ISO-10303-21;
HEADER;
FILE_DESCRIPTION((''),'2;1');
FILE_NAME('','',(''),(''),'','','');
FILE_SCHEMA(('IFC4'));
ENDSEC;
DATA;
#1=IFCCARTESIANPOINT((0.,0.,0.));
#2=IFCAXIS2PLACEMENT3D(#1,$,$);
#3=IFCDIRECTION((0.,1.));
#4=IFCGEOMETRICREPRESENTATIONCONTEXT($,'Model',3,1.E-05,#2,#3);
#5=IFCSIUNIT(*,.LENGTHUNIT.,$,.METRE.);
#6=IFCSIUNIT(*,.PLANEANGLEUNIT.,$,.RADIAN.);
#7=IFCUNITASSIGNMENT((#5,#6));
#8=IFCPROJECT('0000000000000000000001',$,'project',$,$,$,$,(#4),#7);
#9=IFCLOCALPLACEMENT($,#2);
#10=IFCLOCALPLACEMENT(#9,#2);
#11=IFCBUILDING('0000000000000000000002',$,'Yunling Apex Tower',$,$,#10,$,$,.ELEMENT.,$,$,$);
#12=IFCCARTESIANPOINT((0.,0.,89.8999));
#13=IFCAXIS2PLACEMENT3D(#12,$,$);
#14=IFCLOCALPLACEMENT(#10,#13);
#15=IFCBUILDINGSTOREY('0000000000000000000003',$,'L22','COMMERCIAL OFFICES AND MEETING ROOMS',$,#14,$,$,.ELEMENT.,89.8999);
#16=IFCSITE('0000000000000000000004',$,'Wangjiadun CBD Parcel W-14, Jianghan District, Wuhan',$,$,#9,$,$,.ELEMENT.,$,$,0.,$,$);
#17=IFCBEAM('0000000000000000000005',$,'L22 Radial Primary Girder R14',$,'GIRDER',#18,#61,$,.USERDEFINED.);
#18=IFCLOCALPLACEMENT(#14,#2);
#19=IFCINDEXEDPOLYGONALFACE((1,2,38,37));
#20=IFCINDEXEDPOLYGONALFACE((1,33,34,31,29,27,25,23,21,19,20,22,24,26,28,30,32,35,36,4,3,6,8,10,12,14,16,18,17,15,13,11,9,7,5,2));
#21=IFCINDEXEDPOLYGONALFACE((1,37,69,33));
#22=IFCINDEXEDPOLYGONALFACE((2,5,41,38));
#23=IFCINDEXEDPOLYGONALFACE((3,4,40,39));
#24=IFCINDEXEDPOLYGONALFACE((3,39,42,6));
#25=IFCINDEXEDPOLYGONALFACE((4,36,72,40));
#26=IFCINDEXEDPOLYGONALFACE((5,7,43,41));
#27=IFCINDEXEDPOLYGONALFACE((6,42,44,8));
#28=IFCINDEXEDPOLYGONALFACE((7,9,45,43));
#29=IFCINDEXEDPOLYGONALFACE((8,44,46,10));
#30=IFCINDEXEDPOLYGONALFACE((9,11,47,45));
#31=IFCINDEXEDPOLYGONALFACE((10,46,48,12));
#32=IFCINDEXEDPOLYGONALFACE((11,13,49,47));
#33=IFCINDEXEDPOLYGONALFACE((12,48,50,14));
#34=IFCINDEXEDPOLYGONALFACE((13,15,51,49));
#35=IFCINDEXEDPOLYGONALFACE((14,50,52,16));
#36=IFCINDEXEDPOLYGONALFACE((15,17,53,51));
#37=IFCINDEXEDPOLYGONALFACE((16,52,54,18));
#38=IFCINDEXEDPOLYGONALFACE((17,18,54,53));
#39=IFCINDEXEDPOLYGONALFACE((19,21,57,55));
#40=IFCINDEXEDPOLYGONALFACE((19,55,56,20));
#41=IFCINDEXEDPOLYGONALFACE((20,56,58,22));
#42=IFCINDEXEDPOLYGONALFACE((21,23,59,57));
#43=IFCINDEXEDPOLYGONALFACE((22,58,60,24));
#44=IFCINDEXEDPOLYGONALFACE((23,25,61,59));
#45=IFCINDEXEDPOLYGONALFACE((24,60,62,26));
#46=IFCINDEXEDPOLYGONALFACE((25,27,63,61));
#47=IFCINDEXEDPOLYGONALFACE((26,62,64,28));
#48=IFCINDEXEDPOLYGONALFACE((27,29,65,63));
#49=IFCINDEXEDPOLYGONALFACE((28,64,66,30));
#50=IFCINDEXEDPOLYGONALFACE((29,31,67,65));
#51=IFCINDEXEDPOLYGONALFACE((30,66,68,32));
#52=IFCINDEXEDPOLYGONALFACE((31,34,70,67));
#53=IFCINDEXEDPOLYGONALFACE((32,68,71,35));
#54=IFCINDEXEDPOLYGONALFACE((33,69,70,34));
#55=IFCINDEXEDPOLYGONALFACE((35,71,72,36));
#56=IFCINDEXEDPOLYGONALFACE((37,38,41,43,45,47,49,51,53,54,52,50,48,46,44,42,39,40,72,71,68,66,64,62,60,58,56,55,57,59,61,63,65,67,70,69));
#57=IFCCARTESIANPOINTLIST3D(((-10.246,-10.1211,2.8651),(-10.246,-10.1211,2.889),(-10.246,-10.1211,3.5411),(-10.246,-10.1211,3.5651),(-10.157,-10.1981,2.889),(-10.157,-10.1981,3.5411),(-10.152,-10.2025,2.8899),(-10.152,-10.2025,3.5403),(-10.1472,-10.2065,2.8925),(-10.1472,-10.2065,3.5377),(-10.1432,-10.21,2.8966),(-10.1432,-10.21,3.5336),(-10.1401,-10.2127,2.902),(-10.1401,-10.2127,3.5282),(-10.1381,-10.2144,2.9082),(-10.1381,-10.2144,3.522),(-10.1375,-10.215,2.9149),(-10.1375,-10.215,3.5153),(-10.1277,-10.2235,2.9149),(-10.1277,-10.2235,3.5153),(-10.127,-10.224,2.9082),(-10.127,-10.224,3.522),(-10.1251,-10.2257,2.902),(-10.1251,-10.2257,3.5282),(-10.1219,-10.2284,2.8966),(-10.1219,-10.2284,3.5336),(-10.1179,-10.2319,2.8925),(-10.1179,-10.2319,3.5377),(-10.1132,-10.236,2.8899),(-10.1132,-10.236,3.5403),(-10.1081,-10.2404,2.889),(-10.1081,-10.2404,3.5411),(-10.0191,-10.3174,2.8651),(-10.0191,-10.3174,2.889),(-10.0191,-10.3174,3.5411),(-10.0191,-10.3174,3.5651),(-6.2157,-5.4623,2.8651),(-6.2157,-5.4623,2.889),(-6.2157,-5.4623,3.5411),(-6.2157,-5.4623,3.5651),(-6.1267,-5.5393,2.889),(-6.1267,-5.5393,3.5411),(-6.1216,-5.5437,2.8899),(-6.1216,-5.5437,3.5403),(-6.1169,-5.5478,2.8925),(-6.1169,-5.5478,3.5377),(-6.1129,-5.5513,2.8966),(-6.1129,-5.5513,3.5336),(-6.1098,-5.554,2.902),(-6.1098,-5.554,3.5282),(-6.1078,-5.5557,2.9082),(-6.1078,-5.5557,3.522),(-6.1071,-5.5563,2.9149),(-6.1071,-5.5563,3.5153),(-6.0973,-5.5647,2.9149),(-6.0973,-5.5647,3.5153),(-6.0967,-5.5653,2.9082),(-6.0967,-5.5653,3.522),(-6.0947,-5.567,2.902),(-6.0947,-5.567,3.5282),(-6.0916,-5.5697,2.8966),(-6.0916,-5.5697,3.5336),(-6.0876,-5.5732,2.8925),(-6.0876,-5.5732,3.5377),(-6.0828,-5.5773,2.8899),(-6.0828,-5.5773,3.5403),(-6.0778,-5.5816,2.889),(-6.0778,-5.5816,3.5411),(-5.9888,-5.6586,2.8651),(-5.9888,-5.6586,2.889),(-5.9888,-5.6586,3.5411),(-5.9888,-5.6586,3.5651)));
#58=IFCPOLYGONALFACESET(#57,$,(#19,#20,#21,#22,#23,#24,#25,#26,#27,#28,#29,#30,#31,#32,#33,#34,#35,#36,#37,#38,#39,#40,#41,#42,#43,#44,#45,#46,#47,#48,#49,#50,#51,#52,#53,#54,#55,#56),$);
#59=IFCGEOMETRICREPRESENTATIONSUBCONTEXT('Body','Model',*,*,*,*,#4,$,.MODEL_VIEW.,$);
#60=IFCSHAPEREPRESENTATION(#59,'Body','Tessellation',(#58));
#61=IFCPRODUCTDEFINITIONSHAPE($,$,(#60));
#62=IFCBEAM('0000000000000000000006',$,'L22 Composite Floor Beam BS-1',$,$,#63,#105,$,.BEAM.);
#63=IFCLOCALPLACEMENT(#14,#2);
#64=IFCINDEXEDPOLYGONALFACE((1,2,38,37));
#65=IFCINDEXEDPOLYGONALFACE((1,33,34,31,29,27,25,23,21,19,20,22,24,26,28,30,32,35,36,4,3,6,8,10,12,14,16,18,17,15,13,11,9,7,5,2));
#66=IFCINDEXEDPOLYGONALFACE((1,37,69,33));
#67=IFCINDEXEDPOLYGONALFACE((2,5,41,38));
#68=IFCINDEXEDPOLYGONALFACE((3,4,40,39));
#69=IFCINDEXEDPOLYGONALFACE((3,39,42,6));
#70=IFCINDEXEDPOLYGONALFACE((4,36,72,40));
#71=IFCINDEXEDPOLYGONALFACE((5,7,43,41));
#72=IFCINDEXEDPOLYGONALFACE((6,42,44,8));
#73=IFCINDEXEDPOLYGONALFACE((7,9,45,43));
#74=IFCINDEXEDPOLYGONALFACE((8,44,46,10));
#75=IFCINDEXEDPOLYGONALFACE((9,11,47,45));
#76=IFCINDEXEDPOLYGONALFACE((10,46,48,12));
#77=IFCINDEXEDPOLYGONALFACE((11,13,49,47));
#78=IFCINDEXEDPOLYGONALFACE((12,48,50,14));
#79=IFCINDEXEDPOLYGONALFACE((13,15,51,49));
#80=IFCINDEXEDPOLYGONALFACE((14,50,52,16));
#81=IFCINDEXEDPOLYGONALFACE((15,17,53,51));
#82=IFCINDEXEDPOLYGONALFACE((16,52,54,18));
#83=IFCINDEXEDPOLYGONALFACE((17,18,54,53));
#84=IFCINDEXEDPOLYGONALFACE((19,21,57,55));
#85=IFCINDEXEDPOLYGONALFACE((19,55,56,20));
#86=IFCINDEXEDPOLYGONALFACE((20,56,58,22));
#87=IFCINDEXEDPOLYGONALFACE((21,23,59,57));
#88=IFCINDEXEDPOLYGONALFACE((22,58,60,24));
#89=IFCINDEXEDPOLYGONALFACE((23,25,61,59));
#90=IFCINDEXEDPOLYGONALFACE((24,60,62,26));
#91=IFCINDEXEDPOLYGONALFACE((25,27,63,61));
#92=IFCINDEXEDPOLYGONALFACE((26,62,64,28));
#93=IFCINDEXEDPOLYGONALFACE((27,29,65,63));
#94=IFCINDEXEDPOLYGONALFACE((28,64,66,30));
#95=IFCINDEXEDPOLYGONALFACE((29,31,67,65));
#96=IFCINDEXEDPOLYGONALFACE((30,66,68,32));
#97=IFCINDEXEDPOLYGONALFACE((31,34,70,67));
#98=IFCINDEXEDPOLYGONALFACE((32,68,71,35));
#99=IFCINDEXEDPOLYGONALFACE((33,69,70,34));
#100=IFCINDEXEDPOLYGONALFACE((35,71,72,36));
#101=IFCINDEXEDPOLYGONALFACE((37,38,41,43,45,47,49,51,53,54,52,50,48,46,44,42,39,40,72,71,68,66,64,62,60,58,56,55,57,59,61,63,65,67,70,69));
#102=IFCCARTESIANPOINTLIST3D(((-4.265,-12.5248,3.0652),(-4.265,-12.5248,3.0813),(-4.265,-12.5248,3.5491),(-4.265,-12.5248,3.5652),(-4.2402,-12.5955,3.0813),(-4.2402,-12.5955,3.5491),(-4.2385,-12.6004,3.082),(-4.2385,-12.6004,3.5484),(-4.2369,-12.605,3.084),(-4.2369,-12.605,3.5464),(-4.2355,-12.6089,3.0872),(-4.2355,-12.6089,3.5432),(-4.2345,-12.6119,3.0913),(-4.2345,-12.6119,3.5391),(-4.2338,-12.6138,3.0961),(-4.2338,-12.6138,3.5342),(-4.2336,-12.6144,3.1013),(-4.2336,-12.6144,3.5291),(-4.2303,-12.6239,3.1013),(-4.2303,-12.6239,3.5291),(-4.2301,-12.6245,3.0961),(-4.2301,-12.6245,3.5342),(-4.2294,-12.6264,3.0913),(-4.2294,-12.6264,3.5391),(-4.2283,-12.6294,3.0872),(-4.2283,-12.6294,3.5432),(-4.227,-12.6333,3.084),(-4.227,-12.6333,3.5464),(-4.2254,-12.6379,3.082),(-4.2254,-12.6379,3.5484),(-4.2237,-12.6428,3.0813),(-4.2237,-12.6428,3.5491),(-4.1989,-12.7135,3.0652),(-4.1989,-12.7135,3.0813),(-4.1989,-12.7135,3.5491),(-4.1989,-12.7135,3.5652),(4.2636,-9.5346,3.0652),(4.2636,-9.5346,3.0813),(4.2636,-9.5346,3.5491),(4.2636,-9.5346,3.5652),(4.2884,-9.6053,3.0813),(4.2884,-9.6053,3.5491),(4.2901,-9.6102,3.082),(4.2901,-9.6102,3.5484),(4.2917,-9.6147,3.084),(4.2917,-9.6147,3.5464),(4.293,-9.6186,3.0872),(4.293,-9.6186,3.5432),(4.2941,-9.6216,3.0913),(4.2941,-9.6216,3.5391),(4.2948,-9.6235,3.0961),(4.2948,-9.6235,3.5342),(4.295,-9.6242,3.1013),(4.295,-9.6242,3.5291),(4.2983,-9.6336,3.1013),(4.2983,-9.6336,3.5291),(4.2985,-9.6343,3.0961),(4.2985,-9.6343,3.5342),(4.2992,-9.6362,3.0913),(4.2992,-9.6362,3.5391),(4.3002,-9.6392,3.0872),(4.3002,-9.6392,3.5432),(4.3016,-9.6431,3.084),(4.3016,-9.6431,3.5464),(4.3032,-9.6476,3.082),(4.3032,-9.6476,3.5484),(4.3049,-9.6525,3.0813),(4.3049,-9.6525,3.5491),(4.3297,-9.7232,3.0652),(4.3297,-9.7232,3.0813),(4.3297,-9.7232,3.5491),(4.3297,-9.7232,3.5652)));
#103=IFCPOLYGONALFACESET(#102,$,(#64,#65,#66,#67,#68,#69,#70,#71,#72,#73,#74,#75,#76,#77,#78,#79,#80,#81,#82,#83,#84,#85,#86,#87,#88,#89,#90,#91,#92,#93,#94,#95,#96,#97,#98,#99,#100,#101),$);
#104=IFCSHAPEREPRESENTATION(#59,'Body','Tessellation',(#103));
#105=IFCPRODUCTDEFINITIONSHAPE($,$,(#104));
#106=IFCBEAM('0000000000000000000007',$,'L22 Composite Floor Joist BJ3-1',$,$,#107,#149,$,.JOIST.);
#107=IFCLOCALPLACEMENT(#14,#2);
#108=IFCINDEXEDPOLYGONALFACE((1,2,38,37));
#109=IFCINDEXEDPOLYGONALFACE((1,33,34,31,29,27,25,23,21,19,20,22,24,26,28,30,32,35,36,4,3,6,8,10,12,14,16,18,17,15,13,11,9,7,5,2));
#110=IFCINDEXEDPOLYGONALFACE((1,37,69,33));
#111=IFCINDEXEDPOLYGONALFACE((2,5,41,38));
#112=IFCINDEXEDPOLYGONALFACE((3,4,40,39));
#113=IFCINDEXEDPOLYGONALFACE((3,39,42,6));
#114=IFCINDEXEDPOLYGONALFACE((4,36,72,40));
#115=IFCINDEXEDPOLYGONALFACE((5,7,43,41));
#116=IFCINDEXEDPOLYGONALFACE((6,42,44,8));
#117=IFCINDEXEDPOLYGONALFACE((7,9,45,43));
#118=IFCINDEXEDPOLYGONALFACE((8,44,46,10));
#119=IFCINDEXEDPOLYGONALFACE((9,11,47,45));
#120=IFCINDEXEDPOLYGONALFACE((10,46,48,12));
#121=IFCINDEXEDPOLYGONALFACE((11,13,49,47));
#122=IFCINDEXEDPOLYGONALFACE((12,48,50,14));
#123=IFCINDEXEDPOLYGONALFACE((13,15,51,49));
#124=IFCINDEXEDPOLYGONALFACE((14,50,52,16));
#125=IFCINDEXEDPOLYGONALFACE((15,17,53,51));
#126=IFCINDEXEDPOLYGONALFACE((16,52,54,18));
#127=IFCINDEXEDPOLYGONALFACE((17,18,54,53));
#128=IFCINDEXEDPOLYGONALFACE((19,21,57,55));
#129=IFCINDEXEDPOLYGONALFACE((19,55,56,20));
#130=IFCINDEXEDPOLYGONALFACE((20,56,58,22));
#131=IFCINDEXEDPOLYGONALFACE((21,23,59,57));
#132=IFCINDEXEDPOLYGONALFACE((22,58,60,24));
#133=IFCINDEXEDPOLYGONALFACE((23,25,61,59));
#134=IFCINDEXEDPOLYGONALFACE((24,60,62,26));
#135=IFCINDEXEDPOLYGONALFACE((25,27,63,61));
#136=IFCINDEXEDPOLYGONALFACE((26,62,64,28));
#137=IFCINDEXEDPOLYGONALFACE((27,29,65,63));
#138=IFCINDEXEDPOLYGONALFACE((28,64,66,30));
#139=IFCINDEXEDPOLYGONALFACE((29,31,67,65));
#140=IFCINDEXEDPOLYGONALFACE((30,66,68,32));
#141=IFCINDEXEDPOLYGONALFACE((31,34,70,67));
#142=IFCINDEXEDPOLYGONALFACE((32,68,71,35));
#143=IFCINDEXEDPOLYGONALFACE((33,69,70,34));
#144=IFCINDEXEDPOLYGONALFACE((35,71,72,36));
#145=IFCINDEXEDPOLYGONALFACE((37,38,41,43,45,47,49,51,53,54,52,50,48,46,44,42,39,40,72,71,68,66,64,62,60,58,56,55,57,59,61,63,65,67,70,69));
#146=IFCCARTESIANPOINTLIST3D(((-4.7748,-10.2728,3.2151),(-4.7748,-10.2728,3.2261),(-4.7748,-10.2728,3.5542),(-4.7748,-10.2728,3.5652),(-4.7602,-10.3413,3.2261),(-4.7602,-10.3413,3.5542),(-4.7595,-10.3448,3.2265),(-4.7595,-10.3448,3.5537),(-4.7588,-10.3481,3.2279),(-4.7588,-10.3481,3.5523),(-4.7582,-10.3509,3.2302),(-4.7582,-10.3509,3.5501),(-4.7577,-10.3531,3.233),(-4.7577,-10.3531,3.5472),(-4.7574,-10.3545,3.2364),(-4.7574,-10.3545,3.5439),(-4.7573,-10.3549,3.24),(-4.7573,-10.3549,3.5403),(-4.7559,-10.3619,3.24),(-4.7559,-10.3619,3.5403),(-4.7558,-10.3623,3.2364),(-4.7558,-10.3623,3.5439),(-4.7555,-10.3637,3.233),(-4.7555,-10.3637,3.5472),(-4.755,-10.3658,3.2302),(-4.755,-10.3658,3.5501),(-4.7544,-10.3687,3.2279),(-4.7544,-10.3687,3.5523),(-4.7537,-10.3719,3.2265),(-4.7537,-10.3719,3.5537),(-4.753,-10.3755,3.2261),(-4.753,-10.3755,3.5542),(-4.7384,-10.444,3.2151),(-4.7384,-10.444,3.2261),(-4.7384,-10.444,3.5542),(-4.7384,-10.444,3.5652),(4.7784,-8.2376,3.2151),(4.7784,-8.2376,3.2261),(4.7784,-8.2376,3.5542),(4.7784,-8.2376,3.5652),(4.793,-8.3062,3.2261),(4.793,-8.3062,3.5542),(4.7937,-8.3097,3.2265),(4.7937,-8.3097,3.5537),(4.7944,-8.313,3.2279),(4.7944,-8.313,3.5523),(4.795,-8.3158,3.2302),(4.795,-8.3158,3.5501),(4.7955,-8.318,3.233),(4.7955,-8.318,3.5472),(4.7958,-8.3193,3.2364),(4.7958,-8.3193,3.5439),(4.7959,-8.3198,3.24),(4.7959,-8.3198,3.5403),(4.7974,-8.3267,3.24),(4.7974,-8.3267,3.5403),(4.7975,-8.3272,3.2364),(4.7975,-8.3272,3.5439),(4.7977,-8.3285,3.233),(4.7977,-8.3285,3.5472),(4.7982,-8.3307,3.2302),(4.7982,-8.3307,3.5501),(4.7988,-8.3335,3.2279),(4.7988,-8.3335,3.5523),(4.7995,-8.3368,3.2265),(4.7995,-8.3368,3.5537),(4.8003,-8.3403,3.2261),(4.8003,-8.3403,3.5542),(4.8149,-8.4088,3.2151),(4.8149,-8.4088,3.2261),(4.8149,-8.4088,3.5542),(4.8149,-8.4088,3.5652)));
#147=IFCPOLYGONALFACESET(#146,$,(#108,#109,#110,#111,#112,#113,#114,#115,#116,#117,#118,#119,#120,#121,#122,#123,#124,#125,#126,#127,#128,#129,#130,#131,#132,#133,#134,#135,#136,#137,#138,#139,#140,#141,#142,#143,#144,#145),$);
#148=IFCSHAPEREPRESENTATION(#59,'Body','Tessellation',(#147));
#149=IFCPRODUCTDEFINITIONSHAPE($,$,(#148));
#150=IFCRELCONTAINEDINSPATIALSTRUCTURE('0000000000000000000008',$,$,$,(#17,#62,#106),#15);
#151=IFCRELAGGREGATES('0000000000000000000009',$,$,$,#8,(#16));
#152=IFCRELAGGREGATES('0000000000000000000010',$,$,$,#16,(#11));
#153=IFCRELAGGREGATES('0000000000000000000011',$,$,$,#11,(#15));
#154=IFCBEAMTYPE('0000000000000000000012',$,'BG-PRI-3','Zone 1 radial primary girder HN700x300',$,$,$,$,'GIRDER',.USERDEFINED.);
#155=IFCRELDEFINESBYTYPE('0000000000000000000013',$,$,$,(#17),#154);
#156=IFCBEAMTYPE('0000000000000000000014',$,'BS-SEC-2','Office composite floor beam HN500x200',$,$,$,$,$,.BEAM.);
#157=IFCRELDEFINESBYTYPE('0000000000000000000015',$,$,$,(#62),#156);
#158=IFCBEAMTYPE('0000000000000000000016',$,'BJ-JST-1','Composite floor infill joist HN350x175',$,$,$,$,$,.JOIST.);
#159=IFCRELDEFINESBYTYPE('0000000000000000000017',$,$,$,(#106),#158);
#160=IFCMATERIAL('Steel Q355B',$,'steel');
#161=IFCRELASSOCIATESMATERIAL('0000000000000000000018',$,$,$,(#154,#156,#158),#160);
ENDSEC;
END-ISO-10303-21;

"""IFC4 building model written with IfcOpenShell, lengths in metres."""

from ifc_helpers import new_model, si_unit, direction, frame, origin, origin_2d, place, context, subcontext, project, spatial, i_section, extrude, source, transform, mapped, material, material_profile, profile_set, type_object, element, save


model = new_model("IFC4")

# Units and contexts
model_context = context("Model", 3, precision=1e-05, world=origin(), true_north=direction((0.0, 1.0)))
body_context = subcontext(model_context, "Body", "Model", "MODEL_VIEW")
ifc_project = project(units=[si_unit("LENGTHUNIT", "METRE"), si_unit("PLANEANGLEUNIT", "RADIAN")], contexts=[model_context])

# Site, building, storey
site_placement = place(None, origin())
site = spatial("IfcSite", under=ifc_project, at=site_placement, Name="Wangjiadun CBD Parcel W-14, Jianghan District, Wuhan", CompositionType="ELEMENT", RefElevation=0.0)
building_placement = place(site_placement, origin())
building = spatial("IfcBuilding", under=site, at=building_placement, Name="Yunling Apex Tower", CompositionType="ELEMENT")
storey_placement = place(building_placement, frame((0.0, 0.0, 89.8999)))
storey = spatial("IfcBuildingStorey", under=building, at=storey_placement, Name="L22", Description="COMMERCIAL OFFICES AND MEETING ROOMS", CompositionType="ELEMENT", Elevation=89.8999)

# Beams
ifc_material_1 = material(Name="Steel Q355B", Category="steel")
ifc_material_profile_1 = material_profile(ifc_material_1, i_section(OverallWidth=0.3, OverallDepth=0.7, WebThickness=0.0129, FlangeThickness=0.0239, FilletRadius=0.0259, at=origin_2d()))
ifc_profile_set_1 = profile_set([ifc_material_profile_1], Name="Steel Q355B")
beam_type_1 = type_object("IfcBeamType", Name="BG-PRI-3", Description="Zone 1 radial primary girder HN700x300", ElementType="GIRDER", PredefinedType="USERDEFINED", material=ifc_profile_set_1)
shared_shape_1 = source(origin(), body_context, "Body", "SweptSolid", [
    extrude(i_section(OverallWidth=0.3, OverallDepth=0.7, WebThickness=0.0129, FlangeThickness=0.0239, FilletRadius=0.0259, at=origin_2d()), origin(), (0.0, 0.0, 1.0), 6.1602),
])
beam_1_placement = place(storey_placement, frame((-10.1326, -10.2192, 3.2151), z_axis=(0.654257, 0.756272, 0.0), x_axis=(-0.756272, 0.654257, 0.0)))
element("IfcBeam", 1, at=beam_1_placement, inside=storey, type_object=beam_type_1, Name="L22 Radial Primary Girder R14", ObjectType="GIRDER", PredefinedType="USERDEFINED", context=body_context, shape_type="MappedRepresentation", body=[
    mapped(shared_shape_1, transform((0.0, 0.0, 0.0), scale=1.0)),
])
ifc_material_profile_2 = material_profile(ifc_material_1, i_section(OverallWidth=0.2, OverallDepth=0.5, WebThickness=0.01, FlangeThickness=0.0161, FilletRadius=0.02, at=origin_2d()))
ifc_profile_set_2 = profile_set([ifc_material_profile_2], Name="Steel Q355B")
beam_type_2 = type_object("IfcBeamType", Name="BS-SEC-2", Description="Office composite floor beam HN500x200", PredefinedType="BEAM", material=ifc_profile_set_2)
shared_shape_2 = source(origin(), body_context, "Body", "SweptSolid", [
    extrude(i_section(OverallWidth=0.2, OverallDepth=0.5, WebThickness=0.01, FlangeThickness=0.0161, FilletRadius=0.02, at=origin_2d()), origin(), (0.0, 0.0, 1.0), 9.0376),
])
beam_2_placement = place(storey_placement, frame((-4.2319, -12.6191, 3.3152), z_axis=(0.943678, 0.330867, 0.0), x_axis=(-0.330867, 0.943678, 0.0)))
element("IfcBeam", 2, at=beam_2_placement, inside=storey, type_object=beam_type_2, Name="L22 Composite Floor Beam BS-1", PredefinedType="BEAM", context=body_context, shape_type="MappedRepresentation", body=[
    mapped(shared_shape_2, transform((0.0, 0.0, 0.0), scale=1.0)),
])
ifc_material_profile_3 = material_profile(ifc_material_1, i_section(OverallWidth=0.175, OverallDepth=0.3501, WebThickness=0.0071, FlangeThickness=0.011, FilletRadius=0.0139, at=origin_2d()))
ifc_profile_set_3 = profile_set([ifc_material_profile_3], Name="Steel Q355B")
beam_type_3 = type_object("IfcBeamType", Name="BJ-JST-1", Description="Composite floor infill joist HN350x175", PredefinedType="JOIST", material=ifc_profile_set_3)
shared_shape_3 = source(origin(), body_context, "Body", "SweptSolid", [
    extrude(i_section(OverallWidth=0.175, OverallDepth=0.3501, WebThickness=0.0071, FlangeThickness=0.011, FilletRadius=0.0139, at=origin_2d()), origin(), (0.0, 0.0, 1.0), 9.7676),
])
beam_3_placement = place(storey_placement, frame((-4.7566, -10.3584, 3.3901), z_axis=(0.978053, 0.208358, 0.0), x_axis=(-0.208358, 0.978053, 0.0)))
element("IfcBeam", 3, at=beam_3_placement, inside=storey, type_object=beam_type_3, Name="L22 Composite Floor Joist BJ3-1", PredefinedType="JOIST", context=body_context, shape_type="MappedRepresentation", body=[
    mapped(shared_shape_3, transform((0.0, 0.0, 0.0), scale=1.0)),
])

save(model, "model.ifc")
